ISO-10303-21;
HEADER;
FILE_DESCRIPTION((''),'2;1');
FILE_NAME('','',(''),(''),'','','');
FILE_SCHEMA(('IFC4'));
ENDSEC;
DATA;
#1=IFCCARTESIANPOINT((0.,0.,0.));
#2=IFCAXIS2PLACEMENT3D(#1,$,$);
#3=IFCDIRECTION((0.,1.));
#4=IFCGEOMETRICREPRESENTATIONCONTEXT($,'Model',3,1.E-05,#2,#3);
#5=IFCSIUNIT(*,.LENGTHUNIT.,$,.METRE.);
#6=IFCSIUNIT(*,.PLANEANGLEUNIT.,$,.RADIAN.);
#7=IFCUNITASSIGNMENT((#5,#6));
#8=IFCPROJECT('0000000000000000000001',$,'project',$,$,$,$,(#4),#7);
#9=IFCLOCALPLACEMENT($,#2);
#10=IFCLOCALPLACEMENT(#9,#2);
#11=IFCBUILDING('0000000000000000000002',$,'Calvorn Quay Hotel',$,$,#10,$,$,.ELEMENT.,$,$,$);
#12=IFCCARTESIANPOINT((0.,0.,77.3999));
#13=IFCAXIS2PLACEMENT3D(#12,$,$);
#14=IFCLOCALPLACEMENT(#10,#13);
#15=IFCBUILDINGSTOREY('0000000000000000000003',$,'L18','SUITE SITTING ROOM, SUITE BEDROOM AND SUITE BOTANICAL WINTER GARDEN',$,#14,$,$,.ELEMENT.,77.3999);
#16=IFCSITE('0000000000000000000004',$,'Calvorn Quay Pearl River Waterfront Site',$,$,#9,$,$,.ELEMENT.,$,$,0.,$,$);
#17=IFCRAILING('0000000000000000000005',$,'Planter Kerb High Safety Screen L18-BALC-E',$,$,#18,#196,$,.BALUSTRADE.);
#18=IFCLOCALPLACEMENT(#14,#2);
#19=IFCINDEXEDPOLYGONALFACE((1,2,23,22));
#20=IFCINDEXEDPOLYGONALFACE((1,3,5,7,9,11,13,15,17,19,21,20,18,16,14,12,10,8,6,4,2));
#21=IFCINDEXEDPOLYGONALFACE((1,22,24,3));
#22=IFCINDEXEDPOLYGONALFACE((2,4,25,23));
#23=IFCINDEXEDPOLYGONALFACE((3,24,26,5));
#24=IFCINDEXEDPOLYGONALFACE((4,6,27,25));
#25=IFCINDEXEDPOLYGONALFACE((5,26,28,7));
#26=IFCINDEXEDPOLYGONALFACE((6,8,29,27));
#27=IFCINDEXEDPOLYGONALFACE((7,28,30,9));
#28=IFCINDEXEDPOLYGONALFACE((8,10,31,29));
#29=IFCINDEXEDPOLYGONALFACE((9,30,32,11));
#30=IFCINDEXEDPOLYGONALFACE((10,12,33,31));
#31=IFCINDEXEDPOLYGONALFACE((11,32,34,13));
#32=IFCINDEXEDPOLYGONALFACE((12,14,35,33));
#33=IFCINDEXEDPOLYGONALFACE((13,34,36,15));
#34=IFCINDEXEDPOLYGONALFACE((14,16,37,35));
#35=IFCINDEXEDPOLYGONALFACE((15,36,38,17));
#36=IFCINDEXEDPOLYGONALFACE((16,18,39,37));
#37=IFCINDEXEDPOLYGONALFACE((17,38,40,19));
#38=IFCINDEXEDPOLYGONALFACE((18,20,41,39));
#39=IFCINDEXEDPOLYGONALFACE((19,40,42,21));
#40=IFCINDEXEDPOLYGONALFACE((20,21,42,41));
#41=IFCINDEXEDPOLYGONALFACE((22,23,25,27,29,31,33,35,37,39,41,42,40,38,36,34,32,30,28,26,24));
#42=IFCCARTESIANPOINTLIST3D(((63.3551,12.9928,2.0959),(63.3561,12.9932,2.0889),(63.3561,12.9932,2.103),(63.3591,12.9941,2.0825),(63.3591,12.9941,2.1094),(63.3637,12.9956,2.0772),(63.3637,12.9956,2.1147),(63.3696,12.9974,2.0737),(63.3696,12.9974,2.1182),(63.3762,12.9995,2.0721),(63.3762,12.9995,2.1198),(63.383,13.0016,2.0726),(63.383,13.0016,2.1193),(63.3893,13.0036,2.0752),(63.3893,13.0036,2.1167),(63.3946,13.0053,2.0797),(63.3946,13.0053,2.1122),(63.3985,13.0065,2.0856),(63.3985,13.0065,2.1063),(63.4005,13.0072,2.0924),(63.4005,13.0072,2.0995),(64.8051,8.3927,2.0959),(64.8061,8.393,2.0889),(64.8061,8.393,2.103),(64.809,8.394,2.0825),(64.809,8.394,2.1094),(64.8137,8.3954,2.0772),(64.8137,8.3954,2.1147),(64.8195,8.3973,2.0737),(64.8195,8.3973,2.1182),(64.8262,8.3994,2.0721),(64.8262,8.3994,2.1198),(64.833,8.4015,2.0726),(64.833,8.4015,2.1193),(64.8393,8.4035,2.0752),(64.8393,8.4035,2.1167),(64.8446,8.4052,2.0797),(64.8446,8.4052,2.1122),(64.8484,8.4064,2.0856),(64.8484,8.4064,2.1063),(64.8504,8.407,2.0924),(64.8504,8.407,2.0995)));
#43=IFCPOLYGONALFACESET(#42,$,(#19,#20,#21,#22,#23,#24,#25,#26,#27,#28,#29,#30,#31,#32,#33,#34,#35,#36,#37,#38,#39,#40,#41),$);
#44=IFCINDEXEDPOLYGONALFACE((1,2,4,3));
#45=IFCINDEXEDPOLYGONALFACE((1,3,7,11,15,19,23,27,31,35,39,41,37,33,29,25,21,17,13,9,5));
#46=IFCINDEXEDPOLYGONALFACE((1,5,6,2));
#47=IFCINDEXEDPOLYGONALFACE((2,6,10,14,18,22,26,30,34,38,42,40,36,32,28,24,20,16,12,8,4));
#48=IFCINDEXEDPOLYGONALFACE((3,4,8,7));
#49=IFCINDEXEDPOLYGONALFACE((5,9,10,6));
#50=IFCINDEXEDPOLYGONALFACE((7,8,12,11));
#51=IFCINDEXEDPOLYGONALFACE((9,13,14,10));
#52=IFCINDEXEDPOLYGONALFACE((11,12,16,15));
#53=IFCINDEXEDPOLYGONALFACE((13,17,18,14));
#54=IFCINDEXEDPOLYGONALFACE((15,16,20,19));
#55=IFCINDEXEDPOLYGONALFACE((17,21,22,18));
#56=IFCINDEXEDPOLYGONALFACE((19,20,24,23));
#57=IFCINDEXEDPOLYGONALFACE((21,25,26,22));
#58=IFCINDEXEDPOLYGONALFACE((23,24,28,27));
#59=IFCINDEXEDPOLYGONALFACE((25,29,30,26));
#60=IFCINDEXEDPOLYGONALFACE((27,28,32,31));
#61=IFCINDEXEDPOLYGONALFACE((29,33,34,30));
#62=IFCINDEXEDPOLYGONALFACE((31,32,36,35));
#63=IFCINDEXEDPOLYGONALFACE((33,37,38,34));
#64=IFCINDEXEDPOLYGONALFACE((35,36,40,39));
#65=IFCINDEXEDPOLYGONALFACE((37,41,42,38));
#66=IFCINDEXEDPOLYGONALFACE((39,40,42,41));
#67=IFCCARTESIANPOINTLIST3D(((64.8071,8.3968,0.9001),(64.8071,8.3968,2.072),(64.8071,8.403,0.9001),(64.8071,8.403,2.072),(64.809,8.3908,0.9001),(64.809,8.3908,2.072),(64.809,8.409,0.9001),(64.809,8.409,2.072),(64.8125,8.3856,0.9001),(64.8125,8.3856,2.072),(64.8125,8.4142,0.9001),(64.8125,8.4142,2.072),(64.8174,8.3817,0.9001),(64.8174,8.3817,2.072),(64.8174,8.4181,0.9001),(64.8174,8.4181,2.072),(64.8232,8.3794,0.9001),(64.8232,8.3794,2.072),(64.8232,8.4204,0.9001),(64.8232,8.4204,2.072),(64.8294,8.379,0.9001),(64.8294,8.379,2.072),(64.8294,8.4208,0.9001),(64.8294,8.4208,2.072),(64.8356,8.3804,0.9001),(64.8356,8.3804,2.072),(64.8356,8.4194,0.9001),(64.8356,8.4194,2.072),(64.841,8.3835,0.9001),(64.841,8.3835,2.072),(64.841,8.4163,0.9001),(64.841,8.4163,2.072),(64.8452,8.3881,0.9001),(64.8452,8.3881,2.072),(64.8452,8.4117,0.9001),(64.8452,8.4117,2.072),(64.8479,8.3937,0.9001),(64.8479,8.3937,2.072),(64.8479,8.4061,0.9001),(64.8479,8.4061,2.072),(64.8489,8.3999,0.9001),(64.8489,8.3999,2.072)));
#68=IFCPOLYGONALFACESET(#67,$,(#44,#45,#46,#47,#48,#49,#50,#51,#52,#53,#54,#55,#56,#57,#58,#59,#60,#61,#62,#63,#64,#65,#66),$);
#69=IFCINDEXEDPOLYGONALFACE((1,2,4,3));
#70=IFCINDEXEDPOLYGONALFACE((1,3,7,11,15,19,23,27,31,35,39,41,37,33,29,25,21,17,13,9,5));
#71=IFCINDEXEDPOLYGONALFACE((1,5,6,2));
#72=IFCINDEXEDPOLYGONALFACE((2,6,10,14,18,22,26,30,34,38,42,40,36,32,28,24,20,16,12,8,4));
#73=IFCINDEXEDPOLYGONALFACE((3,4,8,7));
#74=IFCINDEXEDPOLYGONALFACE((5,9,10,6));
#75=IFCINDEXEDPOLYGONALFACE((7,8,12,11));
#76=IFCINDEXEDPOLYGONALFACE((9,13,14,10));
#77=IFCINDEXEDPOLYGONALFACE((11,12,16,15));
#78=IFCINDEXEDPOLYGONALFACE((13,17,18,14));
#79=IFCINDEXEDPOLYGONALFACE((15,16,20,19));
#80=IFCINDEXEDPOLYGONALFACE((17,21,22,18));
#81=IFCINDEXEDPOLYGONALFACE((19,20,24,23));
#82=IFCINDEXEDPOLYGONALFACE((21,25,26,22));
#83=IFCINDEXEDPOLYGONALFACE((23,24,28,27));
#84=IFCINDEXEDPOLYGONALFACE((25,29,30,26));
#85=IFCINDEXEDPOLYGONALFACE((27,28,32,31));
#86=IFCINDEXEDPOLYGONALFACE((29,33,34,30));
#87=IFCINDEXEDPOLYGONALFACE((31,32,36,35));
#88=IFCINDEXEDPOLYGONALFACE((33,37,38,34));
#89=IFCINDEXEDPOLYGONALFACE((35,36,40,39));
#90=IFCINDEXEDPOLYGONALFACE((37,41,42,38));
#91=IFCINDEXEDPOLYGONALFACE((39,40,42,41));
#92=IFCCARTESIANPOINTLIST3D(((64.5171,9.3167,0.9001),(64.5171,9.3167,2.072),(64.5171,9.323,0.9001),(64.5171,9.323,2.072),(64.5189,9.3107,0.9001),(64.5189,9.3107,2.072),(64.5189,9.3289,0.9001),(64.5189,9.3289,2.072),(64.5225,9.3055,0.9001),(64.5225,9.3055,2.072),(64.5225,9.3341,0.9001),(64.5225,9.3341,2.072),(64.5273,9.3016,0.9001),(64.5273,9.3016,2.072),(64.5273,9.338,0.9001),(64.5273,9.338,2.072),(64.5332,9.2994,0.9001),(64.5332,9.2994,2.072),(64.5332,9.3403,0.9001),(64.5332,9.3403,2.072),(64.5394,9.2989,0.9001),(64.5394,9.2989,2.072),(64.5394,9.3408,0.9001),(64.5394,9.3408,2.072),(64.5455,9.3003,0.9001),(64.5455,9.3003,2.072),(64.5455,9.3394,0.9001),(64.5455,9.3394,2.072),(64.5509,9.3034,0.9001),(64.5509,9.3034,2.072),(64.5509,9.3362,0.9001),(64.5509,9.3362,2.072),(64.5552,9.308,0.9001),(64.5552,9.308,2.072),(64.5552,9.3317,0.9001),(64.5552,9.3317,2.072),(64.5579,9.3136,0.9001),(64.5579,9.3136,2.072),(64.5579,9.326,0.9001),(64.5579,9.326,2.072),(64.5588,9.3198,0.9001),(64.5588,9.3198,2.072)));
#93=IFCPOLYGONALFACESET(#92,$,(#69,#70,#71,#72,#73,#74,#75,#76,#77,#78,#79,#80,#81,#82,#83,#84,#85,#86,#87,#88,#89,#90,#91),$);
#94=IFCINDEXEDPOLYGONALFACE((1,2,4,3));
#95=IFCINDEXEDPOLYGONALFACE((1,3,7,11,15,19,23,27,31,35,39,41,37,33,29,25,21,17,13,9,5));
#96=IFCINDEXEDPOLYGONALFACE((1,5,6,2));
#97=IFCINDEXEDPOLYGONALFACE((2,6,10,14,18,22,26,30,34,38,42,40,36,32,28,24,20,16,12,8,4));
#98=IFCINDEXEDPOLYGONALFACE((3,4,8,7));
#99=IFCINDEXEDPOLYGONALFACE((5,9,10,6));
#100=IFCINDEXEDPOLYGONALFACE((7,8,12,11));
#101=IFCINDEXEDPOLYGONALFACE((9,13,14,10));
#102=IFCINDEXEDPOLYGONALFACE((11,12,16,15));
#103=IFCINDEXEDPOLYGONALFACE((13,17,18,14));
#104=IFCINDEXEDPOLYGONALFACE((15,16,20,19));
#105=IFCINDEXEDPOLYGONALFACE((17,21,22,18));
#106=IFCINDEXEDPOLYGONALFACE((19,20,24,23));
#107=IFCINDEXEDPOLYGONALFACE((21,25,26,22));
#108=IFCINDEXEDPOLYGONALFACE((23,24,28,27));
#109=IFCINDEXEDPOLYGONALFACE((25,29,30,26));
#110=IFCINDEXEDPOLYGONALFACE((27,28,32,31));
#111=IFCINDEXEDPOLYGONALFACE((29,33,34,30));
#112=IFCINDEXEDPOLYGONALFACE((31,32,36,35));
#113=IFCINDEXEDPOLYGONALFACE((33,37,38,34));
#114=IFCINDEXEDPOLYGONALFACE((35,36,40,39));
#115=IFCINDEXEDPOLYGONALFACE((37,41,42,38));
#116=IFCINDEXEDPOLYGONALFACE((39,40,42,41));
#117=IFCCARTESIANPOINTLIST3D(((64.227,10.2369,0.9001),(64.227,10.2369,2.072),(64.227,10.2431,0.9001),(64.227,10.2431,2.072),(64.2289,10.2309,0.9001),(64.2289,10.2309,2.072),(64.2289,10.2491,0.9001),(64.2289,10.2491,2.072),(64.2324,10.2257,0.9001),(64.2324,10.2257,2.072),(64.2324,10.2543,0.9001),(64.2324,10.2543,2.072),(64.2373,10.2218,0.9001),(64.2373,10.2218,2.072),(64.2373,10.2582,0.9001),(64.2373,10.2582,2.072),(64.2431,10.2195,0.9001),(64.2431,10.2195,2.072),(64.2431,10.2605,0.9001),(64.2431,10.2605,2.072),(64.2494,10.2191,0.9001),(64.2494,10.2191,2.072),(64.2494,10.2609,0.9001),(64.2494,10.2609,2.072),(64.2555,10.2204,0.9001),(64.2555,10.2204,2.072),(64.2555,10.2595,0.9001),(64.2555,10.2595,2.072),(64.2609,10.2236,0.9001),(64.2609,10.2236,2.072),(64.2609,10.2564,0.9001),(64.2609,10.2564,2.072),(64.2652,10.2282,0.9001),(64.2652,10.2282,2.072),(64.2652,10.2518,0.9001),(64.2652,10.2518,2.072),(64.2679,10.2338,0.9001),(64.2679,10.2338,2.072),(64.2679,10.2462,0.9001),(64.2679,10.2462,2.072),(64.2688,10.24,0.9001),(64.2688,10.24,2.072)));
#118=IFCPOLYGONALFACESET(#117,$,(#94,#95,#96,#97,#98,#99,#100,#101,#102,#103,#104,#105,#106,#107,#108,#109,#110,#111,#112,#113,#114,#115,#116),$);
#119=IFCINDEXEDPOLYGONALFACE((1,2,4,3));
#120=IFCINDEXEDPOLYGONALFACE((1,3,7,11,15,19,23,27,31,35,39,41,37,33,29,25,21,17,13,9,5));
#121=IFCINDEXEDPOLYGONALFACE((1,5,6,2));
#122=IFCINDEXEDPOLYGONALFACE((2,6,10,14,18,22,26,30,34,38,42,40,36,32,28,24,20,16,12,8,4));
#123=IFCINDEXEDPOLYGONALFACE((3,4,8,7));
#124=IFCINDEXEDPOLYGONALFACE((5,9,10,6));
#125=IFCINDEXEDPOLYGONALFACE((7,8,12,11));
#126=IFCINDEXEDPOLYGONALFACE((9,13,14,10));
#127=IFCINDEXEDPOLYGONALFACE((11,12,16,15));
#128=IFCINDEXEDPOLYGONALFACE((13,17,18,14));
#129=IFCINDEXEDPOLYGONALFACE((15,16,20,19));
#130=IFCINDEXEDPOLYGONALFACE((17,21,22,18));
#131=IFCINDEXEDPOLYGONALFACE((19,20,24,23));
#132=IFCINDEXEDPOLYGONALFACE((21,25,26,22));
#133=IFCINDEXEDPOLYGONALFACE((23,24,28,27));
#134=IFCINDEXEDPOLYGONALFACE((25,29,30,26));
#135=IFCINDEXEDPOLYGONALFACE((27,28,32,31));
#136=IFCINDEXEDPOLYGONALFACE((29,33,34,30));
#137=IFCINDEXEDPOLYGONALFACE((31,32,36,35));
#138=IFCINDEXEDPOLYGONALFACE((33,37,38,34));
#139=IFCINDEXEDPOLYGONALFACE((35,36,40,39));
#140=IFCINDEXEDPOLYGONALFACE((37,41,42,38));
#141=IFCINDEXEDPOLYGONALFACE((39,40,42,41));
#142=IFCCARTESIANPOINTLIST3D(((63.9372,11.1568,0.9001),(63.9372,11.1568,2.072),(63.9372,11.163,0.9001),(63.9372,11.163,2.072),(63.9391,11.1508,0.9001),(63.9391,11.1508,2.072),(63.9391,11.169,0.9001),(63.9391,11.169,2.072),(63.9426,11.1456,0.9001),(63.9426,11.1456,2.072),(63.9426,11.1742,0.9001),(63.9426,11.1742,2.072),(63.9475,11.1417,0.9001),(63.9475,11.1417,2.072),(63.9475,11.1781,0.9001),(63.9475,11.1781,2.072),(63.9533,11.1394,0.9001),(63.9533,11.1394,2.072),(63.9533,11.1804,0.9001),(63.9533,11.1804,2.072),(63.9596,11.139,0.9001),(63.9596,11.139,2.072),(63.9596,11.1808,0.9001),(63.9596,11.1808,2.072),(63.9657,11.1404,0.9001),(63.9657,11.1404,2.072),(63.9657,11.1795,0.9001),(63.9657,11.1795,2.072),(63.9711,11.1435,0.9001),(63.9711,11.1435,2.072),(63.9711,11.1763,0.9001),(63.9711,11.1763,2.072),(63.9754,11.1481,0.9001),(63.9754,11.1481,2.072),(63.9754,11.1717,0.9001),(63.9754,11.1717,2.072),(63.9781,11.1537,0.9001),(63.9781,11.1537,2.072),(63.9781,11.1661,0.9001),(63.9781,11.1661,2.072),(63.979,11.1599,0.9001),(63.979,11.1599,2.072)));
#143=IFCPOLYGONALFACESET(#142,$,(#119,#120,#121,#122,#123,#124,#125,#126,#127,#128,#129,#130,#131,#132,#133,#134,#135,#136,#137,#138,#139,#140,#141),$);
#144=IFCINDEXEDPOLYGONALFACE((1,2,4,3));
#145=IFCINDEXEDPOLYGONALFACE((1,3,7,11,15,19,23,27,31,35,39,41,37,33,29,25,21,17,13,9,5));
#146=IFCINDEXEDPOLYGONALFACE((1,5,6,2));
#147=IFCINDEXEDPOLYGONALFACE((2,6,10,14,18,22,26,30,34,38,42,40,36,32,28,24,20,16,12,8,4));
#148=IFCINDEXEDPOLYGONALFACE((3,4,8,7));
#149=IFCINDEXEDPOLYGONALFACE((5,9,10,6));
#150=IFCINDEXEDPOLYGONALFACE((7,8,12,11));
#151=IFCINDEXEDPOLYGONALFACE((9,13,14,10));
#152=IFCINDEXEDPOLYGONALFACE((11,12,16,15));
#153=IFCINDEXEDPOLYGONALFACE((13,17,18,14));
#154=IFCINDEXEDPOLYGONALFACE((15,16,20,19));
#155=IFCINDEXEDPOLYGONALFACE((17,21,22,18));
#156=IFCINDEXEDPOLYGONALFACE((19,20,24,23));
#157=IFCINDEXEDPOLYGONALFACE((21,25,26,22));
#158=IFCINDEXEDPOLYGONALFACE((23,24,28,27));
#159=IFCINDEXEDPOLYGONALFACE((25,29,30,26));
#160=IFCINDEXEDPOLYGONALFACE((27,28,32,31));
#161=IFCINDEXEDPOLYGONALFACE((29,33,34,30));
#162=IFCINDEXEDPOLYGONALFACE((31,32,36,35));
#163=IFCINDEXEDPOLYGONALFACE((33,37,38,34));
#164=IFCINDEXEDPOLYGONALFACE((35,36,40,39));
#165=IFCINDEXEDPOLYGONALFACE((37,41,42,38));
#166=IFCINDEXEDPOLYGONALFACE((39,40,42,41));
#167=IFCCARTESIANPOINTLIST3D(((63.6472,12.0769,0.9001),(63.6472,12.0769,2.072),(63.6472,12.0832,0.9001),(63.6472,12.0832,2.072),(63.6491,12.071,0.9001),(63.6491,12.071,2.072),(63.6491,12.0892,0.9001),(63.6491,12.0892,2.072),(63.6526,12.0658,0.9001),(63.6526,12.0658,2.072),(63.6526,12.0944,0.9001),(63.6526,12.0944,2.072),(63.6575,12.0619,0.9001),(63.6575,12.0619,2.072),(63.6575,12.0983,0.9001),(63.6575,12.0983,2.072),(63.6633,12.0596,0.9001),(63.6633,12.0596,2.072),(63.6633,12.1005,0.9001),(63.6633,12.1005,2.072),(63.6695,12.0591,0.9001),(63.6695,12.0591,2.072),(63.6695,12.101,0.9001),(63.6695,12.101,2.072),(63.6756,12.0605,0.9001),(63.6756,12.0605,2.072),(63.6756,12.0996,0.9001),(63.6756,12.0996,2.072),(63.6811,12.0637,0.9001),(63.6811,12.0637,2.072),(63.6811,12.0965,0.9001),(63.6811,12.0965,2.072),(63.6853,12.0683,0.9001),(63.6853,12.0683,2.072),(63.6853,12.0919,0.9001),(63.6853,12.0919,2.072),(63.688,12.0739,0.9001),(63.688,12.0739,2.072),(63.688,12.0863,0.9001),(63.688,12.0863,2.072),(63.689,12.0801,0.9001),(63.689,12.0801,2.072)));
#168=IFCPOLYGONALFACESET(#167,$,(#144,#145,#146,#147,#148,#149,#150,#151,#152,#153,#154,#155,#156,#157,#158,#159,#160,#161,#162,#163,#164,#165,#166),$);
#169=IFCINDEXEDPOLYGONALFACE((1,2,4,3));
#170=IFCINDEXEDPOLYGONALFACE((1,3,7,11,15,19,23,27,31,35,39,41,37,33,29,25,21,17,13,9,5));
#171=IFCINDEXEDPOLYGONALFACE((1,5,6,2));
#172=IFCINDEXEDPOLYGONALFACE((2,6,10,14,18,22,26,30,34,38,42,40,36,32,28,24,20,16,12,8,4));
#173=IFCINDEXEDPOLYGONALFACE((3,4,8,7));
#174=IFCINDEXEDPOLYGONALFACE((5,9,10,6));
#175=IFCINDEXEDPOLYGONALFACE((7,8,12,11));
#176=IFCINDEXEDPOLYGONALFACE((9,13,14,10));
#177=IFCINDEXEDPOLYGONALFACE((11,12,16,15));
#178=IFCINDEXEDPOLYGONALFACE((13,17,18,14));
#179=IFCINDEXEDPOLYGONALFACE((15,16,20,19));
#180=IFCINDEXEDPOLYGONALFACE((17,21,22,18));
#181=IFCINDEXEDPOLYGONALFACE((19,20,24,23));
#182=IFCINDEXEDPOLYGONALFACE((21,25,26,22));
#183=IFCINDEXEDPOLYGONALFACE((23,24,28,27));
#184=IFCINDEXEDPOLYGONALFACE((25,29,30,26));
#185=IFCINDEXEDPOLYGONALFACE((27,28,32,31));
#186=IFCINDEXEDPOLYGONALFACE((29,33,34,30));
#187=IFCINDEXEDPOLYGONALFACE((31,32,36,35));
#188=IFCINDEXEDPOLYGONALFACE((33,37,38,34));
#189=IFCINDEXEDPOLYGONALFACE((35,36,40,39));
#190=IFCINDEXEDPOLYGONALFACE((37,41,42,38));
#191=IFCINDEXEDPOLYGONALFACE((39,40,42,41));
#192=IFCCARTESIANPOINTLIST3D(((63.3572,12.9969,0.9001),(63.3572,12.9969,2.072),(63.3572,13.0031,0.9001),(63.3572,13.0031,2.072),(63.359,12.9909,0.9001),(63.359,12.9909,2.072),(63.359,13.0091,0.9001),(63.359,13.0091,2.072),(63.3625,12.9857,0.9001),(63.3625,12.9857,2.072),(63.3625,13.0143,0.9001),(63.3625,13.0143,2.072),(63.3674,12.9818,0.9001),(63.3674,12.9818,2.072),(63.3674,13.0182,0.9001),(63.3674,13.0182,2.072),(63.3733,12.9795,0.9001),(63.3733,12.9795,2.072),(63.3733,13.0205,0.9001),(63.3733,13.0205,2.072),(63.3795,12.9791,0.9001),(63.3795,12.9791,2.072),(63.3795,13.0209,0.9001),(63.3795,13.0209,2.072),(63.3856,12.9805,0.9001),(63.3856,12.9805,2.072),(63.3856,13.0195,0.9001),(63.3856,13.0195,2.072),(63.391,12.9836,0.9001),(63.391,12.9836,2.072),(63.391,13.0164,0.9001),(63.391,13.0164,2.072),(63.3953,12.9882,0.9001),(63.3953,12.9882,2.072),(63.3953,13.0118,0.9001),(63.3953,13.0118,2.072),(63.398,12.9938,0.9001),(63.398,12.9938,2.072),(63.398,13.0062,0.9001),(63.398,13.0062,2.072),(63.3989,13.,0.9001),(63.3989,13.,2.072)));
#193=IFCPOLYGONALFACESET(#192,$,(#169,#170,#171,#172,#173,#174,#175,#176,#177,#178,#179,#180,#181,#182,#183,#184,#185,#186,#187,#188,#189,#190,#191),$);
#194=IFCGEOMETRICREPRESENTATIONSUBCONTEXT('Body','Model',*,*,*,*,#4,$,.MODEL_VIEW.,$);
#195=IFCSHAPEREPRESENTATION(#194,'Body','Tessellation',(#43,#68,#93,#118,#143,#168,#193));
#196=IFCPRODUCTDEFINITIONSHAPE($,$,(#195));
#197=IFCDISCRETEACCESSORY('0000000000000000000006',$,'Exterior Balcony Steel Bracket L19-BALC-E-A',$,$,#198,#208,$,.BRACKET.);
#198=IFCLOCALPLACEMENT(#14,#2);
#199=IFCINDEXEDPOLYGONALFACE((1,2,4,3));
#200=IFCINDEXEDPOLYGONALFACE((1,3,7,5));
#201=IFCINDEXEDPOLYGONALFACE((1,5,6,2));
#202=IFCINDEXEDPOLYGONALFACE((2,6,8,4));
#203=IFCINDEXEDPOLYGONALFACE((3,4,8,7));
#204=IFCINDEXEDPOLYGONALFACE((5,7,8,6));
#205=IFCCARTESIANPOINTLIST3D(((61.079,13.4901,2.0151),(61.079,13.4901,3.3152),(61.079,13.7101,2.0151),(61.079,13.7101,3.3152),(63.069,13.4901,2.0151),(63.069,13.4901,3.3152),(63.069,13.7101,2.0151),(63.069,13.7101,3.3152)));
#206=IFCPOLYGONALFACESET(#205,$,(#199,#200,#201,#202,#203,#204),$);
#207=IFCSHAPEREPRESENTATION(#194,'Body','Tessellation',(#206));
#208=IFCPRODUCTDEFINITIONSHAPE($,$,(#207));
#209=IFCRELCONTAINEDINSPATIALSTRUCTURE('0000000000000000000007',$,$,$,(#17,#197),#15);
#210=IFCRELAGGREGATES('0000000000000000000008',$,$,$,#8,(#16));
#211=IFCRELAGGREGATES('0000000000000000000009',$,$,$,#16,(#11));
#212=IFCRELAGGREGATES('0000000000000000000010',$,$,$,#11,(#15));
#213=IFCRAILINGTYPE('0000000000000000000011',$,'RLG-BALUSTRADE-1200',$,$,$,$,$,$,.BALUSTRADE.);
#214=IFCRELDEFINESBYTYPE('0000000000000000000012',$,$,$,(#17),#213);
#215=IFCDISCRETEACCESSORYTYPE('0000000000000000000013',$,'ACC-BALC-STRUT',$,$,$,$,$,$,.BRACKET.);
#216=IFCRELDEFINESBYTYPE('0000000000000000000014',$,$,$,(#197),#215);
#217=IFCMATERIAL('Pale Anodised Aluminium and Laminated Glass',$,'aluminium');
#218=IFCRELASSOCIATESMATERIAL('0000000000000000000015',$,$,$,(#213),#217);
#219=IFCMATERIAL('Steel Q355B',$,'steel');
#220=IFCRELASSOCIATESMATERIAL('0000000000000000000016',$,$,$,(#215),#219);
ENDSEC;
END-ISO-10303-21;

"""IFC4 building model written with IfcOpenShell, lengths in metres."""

from ifc_helpers import new_model, si_unit, direction, frame, origin, origin_2d, place, context, subcontext, project, spatial, rectangle, circle, extrude, material, type_object, element, save


model = new_model("IFC4")

# Units and contexts
model_context = context("Model", 3, precision=1e-05, world=origin(), true_north=direction((0.0, 1.0)))
body_context = subcontext(model_context, "Body", "Model", "MODEL_VIEW")
ifc_project = project(units=[si_unit("LENGTHUNIT", "METRE"), si_unit("PLANEANGLEUNIT", "RADIAN")], contexts=[model_context])

# Site, building, storey
site_placement = place(None, origin())
site = spatial("IfcSite", under=ifc_project, at=site_placement, Name="Calvorn Quay Pearl River Waterfront Site", CompositionType="ELEMENT", RefElevation=0.0)
building_placement = place(site_placement, origin())
building = spatial("IfcBuilding", under=site, at=building_placement, Name="Calvorn Quay Hotel", CompositionType="ELEMENT")
storey_placement = place(building_placement, frame((0.0, 0.0, 77.3999)))
storey = spatial("IfcBuildingStorey", under=building, at=storey_placement, Name="L18", Description="SUITE SITTING ROOM, SUITE BEDROOM AND SUITE BOTANICAL WINTER GARDEN", CompositionType="ELEMENT", Elevation=77.3999)

# Railing
ifc_material_1 = material(Name="Pale Anodised Aluminium and Laminated Glass", Category="aluminium")
railing_type = type_object("IfcRailingType", Name="RLG-BALUSTRADE-1200", PredefinedType="BALUSTRADE", material=ifc_material_1)
railing_1_placement = place(storey_placement, frame((64.8279, 8.3999, 0.9001)))
element("IfcRailing", 1, at=railing_1_placement, inside=storey, type_object=railing_type, Name="Planter Kerb High Safety Screen L18-BALC-E", PredefinedType="BALUSTRADE", context=body_context, shape_type="SweptSolid", body=[
    extrude(circle(Radius=0.0239, at=origin_2d()), frame((0.0, 0.0, 1.1958), z_axis=(-0.30062, 0.953744, 0.0), x_axis=(-0.953744, -0.30062, 0.0)), (0.0, 0.0, 1.0), 4.8232),
    extrude(circle(Radius=0.021, at=origin_2d()), origin(), (0.0, 0.0, 1.0), 1.1719),
    extrude(circle(Radius=0.021, at=origin_2d()), frame((-0.29, 0.9199, 0.0)), (0.0, 0.0, 1.0), 1.1719),
    extrude(circle(Radius=0.021, at=origin_2d()), frame((-0.5801, 1.8401, 0.0)), (0.0, 0.0, 1.0), 1.1719),
    extrude(circle(Radius=0.021, at=origin_2d()), frame((-0.8699, 2.76, 0.0)), (0.0, 0.0, 1.0), 1.1719),
    extrude(circle(Radius=0.021, at=origin_2d()), frame((-1.1599, 3.6802, 0.0)), (0.0, 0.0, 1.0), 1.1719),
    extrude(circle(Radius=0.021, at=origin_2d()), frame((-1.45, 4.6001, 0.0)), (0.0, 0.0, 1.0), 1.1719),
])

# Discrete accessory
ifc_material_2 = material(Name="Steel Q355B", Category="steel")
discrete_accessory_type_1 = type_object("IfcDiscreteAccessoryType", Name="ACC-BALC-STRUT", PredefinedType="BRACKET", material=ifc_material_2)
for number, where, z_axis, x_axis, name in (
    (2, (62.074, 13.6001, 2.0151), (0.0, 0.0, 1.0), (1.0, 0.0, 0.0), "Exterior Balcony Steel Bracket L19-BALC-E-A"),
):
    element("IfcDiscreteAccessory", number, at=place(storey_placement, frame(where, z_axis=z_axis, x_axis=x_axis)), inside=storey, type_object=discrete_accessory_type_1, Name=name, PredefinedType="BRACKET", context=body_context, shape_type="SweptSolid", body=[
        extrude(rectangle(XDim=1.99, YDim=0.22, at=origin_2d()), origin(), (0.0, 0.0, 1.0), 1.3),
    ])

save(model, "model.ifc")
